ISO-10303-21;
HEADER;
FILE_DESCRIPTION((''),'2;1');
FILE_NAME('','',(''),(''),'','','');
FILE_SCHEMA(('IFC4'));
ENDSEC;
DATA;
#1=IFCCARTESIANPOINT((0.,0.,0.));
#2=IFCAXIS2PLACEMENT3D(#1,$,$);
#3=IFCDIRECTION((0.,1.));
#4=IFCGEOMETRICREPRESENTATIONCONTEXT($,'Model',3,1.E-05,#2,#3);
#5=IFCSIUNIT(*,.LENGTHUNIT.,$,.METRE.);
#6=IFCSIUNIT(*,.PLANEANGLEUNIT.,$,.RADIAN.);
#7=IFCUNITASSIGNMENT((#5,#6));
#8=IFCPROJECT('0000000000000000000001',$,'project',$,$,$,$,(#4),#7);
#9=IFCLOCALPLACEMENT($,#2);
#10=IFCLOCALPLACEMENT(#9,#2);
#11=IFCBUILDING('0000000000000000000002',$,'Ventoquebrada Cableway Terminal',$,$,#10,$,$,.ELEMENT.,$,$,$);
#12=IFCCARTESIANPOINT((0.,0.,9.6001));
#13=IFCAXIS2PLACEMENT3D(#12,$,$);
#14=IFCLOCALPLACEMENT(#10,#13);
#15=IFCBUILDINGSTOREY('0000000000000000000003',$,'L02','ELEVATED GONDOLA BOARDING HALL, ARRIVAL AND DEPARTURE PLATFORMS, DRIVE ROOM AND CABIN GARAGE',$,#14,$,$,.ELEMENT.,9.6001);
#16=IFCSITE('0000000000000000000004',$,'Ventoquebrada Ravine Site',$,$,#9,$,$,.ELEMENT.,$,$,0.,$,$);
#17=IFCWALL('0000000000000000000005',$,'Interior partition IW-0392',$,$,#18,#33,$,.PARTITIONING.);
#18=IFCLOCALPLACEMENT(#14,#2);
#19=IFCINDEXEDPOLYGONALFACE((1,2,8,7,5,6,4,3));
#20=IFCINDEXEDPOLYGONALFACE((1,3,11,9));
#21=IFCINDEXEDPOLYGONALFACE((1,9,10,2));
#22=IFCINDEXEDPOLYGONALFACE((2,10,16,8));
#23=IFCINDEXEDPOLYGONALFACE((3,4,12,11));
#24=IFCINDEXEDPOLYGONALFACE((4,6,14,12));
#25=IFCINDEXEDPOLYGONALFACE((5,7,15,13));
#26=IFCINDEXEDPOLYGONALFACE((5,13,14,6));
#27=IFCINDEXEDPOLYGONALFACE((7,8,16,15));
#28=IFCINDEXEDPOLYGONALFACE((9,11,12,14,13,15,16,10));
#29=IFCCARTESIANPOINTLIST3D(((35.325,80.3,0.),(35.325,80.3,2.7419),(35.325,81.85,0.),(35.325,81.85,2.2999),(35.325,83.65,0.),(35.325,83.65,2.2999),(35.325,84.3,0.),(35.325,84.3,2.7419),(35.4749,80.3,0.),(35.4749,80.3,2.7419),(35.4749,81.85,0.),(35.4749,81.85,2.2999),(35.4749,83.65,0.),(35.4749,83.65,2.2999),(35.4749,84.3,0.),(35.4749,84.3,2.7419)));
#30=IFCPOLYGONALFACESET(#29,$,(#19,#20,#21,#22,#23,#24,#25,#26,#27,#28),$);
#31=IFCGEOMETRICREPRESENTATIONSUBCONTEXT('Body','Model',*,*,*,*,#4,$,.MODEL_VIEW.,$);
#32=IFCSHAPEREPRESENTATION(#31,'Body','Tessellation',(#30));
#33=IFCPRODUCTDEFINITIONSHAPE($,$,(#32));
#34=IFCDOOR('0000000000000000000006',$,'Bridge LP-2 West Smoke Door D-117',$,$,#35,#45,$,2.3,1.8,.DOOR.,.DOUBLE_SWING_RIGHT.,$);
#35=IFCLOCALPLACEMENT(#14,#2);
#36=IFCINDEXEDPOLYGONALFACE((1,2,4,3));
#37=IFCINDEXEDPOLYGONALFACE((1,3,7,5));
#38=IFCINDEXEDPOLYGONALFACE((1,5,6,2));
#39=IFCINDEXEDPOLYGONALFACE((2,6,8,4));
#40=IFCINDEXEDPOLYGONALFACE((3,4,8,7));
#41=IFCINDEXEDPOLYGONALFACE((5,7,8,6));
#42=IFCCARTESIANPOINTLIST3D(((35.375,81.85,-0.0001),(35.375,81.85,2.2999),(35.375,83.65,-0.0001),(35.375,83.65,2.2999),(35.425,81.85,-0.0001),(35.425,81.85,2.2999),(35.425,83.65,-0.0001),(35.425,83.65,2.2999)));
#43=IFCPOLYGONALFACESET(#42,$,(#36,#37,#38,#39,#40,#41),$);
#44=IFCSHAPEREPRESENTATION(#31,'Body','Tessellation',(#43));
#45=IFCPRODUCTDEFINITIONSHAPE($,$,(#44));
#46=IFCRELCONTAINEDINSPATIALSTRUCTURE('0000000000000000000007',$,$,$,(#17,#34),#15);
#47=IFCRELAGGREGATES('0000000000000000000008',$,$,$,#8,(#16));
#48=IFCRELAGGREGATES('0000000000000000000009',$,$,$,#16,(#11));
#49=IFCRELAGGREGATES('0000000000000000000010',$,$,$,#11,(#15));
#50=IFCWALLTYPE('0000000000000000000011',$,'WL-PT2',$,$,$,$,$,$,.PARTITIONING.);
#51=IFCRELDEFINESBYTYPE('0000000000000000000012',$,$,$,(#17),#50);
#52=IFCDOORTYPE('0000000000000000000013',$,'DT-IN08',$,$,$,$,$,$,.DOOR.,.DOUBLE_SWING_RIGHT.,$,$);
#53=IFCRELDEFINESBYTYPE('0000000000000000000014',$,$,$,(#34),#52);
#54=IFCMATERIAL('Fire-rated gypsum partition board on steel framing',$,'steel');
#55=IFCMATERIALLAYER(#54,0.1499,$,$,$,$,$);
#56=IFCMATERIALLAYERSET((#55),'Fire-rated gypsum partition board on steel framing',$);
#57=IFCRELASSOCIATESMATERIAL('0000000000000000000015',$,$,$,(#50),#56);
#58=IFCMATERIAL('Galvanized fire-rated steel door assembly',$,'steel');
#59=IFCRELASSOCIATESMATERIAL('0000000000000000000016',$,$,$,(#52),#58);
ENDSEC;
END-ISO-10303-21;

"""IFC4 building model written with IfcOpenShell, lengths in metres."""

from ifc_helpers import new_model, si_unit, direction, frame, frame_2d, origin, place, context, subcontext, project, spatial, rectangle, extrude, material, layer, layer_set, type_object, element, fill, save


model = new_model("IFC4")

# Units and contexts
model_context = context("Model", 3, precision=1e-05, world=origin(), true_north=direction((0.0, 1.0)))
body_context = subcontext(model_context, "Body", "Model", "MODEL_VIEW")
ifc_project = project(units=[si_unit("LENGTHUNIT", "METRE"), si_unit("PLANEANGLEUNIT", "RADIAN")], contexts=[model_context])

# Site, building, storey
site_placement = place(None, origin())
site = spatial("IfcSite", under=ifc_project, at=site_placement, Name="Ventoquebrada Ravine Site", CompositionType="ELEMENT", RefElevation=0.0)
building_placement = place(site_placement, origin())
building = spatial("IfcBuilding", under=site, at=building_placement, Name="Ventoquebrada Cableway Terminal", CompositionType="ELEMENT")
storey_placement = place(building_placement, frame((0.0, 0.0, 9.6001)))
storey = spatial("IfcBuildingStorey", under=building, at=storey_placement, Name="L02", Description="ELEVATED GONDOLA BOARDING HALL, ARRIVAL AND DEPARTURE PLATFORMS, DRIVE ROOM AND CABIN GARAGE", CompositionType="ELEMENT", Elevation=9.6001)

# Wall, opening, door
ifc_material_1 = material(Name="Fire-rated gypsum partition board on steel framing", Category="steel")
ifc_layer_1 = layer(ifc_material_1, 0.1499)
ifc_layer_set_1 = layer_set([ifc_layer_1], Name="Fire-rated gypsum partition board on steel framing")
wall_type_1 = type_object("IfcWallType", Name="WL-PT2", PredefinedType="PARTITIONING", material=ifc_layer_set_1)
wall_1_placement = place(storey_placement, frame((35.3999, 80.3, 0.0), z_axis=(0.0, 0.0, 1.0), x_axis=(0.0, 1.0, 0.0)))
wall_1 = element("IfcWall", 1, at=wall_1_placement, inside=storey, type_object=wall_type_1, Name="Interior partition IW-0392", PredefinedType="PARTITIONING", context=body_context, shape_type="SweptSolid", body=[
    extrude(rectangle(XDim=4.0, YDim=0.1499, at=frame_2d((2.0, 0.0))), origin(), (0.0, 0.0, 1.0), 2.7419),
])
opening_1_placement = place(wall_1_placement, frame((1.55, 0.0, 0.0)))
opening_1 = element("IfcOpeningElement", 2, at=opening_1_placement, cuts=wall_1, PredefinedType="OPENING", context=body_context, shape_type="SweptSolid", body=[
    extrude(rectangle(XDim=1.8, YDim=2.3, at=frame_2d((0.8999, 1.1499))), frame((0.0, 0.085, 0.0), z_axis=(0.0, -1.0, 0.0), x_axis=(1.0, 0.0, 0.0)), (0.0, 0.0, 1.0), 0.1699),
])
ifc_material_2 = material(Name="Galvanized fire-rated steel door assembly", Category="steel")
door_type = type_object("IfcDoorType", Name="DT-IN08", OperationType="DOUBLE_SWING_RIGHT", PredefinedType="DOOR", material=ifc_material_2)
door_placement = place(opening_1_placement, origin())
door = element("IfcDoor", 3, at=door_placement, inside=storey, type_object=door_type, Name="Bridge LP-2 West Smoke Door D-117", OperationType="DOUBLE_SWING_RIGHT", OverallHeight=2.3, OverallWidth=1.8, PredefinedType="DOOR", context=body_context, shape_type="SweptSolid", body=[
    extrude(rectangle(XDim=1.8, YDim=2.3, at=frame_2d((0.8999, 1.1499))), frame((0.0, 0.0249, 0.0), z_axis=(0.0, -1.0, 0.0), x_axis=(1.0, 0.0, 0.0)), (0.0, 0.0, 1.0), 0.05),
])
fill(opening_1, door)

save(model, "model.ifc")
